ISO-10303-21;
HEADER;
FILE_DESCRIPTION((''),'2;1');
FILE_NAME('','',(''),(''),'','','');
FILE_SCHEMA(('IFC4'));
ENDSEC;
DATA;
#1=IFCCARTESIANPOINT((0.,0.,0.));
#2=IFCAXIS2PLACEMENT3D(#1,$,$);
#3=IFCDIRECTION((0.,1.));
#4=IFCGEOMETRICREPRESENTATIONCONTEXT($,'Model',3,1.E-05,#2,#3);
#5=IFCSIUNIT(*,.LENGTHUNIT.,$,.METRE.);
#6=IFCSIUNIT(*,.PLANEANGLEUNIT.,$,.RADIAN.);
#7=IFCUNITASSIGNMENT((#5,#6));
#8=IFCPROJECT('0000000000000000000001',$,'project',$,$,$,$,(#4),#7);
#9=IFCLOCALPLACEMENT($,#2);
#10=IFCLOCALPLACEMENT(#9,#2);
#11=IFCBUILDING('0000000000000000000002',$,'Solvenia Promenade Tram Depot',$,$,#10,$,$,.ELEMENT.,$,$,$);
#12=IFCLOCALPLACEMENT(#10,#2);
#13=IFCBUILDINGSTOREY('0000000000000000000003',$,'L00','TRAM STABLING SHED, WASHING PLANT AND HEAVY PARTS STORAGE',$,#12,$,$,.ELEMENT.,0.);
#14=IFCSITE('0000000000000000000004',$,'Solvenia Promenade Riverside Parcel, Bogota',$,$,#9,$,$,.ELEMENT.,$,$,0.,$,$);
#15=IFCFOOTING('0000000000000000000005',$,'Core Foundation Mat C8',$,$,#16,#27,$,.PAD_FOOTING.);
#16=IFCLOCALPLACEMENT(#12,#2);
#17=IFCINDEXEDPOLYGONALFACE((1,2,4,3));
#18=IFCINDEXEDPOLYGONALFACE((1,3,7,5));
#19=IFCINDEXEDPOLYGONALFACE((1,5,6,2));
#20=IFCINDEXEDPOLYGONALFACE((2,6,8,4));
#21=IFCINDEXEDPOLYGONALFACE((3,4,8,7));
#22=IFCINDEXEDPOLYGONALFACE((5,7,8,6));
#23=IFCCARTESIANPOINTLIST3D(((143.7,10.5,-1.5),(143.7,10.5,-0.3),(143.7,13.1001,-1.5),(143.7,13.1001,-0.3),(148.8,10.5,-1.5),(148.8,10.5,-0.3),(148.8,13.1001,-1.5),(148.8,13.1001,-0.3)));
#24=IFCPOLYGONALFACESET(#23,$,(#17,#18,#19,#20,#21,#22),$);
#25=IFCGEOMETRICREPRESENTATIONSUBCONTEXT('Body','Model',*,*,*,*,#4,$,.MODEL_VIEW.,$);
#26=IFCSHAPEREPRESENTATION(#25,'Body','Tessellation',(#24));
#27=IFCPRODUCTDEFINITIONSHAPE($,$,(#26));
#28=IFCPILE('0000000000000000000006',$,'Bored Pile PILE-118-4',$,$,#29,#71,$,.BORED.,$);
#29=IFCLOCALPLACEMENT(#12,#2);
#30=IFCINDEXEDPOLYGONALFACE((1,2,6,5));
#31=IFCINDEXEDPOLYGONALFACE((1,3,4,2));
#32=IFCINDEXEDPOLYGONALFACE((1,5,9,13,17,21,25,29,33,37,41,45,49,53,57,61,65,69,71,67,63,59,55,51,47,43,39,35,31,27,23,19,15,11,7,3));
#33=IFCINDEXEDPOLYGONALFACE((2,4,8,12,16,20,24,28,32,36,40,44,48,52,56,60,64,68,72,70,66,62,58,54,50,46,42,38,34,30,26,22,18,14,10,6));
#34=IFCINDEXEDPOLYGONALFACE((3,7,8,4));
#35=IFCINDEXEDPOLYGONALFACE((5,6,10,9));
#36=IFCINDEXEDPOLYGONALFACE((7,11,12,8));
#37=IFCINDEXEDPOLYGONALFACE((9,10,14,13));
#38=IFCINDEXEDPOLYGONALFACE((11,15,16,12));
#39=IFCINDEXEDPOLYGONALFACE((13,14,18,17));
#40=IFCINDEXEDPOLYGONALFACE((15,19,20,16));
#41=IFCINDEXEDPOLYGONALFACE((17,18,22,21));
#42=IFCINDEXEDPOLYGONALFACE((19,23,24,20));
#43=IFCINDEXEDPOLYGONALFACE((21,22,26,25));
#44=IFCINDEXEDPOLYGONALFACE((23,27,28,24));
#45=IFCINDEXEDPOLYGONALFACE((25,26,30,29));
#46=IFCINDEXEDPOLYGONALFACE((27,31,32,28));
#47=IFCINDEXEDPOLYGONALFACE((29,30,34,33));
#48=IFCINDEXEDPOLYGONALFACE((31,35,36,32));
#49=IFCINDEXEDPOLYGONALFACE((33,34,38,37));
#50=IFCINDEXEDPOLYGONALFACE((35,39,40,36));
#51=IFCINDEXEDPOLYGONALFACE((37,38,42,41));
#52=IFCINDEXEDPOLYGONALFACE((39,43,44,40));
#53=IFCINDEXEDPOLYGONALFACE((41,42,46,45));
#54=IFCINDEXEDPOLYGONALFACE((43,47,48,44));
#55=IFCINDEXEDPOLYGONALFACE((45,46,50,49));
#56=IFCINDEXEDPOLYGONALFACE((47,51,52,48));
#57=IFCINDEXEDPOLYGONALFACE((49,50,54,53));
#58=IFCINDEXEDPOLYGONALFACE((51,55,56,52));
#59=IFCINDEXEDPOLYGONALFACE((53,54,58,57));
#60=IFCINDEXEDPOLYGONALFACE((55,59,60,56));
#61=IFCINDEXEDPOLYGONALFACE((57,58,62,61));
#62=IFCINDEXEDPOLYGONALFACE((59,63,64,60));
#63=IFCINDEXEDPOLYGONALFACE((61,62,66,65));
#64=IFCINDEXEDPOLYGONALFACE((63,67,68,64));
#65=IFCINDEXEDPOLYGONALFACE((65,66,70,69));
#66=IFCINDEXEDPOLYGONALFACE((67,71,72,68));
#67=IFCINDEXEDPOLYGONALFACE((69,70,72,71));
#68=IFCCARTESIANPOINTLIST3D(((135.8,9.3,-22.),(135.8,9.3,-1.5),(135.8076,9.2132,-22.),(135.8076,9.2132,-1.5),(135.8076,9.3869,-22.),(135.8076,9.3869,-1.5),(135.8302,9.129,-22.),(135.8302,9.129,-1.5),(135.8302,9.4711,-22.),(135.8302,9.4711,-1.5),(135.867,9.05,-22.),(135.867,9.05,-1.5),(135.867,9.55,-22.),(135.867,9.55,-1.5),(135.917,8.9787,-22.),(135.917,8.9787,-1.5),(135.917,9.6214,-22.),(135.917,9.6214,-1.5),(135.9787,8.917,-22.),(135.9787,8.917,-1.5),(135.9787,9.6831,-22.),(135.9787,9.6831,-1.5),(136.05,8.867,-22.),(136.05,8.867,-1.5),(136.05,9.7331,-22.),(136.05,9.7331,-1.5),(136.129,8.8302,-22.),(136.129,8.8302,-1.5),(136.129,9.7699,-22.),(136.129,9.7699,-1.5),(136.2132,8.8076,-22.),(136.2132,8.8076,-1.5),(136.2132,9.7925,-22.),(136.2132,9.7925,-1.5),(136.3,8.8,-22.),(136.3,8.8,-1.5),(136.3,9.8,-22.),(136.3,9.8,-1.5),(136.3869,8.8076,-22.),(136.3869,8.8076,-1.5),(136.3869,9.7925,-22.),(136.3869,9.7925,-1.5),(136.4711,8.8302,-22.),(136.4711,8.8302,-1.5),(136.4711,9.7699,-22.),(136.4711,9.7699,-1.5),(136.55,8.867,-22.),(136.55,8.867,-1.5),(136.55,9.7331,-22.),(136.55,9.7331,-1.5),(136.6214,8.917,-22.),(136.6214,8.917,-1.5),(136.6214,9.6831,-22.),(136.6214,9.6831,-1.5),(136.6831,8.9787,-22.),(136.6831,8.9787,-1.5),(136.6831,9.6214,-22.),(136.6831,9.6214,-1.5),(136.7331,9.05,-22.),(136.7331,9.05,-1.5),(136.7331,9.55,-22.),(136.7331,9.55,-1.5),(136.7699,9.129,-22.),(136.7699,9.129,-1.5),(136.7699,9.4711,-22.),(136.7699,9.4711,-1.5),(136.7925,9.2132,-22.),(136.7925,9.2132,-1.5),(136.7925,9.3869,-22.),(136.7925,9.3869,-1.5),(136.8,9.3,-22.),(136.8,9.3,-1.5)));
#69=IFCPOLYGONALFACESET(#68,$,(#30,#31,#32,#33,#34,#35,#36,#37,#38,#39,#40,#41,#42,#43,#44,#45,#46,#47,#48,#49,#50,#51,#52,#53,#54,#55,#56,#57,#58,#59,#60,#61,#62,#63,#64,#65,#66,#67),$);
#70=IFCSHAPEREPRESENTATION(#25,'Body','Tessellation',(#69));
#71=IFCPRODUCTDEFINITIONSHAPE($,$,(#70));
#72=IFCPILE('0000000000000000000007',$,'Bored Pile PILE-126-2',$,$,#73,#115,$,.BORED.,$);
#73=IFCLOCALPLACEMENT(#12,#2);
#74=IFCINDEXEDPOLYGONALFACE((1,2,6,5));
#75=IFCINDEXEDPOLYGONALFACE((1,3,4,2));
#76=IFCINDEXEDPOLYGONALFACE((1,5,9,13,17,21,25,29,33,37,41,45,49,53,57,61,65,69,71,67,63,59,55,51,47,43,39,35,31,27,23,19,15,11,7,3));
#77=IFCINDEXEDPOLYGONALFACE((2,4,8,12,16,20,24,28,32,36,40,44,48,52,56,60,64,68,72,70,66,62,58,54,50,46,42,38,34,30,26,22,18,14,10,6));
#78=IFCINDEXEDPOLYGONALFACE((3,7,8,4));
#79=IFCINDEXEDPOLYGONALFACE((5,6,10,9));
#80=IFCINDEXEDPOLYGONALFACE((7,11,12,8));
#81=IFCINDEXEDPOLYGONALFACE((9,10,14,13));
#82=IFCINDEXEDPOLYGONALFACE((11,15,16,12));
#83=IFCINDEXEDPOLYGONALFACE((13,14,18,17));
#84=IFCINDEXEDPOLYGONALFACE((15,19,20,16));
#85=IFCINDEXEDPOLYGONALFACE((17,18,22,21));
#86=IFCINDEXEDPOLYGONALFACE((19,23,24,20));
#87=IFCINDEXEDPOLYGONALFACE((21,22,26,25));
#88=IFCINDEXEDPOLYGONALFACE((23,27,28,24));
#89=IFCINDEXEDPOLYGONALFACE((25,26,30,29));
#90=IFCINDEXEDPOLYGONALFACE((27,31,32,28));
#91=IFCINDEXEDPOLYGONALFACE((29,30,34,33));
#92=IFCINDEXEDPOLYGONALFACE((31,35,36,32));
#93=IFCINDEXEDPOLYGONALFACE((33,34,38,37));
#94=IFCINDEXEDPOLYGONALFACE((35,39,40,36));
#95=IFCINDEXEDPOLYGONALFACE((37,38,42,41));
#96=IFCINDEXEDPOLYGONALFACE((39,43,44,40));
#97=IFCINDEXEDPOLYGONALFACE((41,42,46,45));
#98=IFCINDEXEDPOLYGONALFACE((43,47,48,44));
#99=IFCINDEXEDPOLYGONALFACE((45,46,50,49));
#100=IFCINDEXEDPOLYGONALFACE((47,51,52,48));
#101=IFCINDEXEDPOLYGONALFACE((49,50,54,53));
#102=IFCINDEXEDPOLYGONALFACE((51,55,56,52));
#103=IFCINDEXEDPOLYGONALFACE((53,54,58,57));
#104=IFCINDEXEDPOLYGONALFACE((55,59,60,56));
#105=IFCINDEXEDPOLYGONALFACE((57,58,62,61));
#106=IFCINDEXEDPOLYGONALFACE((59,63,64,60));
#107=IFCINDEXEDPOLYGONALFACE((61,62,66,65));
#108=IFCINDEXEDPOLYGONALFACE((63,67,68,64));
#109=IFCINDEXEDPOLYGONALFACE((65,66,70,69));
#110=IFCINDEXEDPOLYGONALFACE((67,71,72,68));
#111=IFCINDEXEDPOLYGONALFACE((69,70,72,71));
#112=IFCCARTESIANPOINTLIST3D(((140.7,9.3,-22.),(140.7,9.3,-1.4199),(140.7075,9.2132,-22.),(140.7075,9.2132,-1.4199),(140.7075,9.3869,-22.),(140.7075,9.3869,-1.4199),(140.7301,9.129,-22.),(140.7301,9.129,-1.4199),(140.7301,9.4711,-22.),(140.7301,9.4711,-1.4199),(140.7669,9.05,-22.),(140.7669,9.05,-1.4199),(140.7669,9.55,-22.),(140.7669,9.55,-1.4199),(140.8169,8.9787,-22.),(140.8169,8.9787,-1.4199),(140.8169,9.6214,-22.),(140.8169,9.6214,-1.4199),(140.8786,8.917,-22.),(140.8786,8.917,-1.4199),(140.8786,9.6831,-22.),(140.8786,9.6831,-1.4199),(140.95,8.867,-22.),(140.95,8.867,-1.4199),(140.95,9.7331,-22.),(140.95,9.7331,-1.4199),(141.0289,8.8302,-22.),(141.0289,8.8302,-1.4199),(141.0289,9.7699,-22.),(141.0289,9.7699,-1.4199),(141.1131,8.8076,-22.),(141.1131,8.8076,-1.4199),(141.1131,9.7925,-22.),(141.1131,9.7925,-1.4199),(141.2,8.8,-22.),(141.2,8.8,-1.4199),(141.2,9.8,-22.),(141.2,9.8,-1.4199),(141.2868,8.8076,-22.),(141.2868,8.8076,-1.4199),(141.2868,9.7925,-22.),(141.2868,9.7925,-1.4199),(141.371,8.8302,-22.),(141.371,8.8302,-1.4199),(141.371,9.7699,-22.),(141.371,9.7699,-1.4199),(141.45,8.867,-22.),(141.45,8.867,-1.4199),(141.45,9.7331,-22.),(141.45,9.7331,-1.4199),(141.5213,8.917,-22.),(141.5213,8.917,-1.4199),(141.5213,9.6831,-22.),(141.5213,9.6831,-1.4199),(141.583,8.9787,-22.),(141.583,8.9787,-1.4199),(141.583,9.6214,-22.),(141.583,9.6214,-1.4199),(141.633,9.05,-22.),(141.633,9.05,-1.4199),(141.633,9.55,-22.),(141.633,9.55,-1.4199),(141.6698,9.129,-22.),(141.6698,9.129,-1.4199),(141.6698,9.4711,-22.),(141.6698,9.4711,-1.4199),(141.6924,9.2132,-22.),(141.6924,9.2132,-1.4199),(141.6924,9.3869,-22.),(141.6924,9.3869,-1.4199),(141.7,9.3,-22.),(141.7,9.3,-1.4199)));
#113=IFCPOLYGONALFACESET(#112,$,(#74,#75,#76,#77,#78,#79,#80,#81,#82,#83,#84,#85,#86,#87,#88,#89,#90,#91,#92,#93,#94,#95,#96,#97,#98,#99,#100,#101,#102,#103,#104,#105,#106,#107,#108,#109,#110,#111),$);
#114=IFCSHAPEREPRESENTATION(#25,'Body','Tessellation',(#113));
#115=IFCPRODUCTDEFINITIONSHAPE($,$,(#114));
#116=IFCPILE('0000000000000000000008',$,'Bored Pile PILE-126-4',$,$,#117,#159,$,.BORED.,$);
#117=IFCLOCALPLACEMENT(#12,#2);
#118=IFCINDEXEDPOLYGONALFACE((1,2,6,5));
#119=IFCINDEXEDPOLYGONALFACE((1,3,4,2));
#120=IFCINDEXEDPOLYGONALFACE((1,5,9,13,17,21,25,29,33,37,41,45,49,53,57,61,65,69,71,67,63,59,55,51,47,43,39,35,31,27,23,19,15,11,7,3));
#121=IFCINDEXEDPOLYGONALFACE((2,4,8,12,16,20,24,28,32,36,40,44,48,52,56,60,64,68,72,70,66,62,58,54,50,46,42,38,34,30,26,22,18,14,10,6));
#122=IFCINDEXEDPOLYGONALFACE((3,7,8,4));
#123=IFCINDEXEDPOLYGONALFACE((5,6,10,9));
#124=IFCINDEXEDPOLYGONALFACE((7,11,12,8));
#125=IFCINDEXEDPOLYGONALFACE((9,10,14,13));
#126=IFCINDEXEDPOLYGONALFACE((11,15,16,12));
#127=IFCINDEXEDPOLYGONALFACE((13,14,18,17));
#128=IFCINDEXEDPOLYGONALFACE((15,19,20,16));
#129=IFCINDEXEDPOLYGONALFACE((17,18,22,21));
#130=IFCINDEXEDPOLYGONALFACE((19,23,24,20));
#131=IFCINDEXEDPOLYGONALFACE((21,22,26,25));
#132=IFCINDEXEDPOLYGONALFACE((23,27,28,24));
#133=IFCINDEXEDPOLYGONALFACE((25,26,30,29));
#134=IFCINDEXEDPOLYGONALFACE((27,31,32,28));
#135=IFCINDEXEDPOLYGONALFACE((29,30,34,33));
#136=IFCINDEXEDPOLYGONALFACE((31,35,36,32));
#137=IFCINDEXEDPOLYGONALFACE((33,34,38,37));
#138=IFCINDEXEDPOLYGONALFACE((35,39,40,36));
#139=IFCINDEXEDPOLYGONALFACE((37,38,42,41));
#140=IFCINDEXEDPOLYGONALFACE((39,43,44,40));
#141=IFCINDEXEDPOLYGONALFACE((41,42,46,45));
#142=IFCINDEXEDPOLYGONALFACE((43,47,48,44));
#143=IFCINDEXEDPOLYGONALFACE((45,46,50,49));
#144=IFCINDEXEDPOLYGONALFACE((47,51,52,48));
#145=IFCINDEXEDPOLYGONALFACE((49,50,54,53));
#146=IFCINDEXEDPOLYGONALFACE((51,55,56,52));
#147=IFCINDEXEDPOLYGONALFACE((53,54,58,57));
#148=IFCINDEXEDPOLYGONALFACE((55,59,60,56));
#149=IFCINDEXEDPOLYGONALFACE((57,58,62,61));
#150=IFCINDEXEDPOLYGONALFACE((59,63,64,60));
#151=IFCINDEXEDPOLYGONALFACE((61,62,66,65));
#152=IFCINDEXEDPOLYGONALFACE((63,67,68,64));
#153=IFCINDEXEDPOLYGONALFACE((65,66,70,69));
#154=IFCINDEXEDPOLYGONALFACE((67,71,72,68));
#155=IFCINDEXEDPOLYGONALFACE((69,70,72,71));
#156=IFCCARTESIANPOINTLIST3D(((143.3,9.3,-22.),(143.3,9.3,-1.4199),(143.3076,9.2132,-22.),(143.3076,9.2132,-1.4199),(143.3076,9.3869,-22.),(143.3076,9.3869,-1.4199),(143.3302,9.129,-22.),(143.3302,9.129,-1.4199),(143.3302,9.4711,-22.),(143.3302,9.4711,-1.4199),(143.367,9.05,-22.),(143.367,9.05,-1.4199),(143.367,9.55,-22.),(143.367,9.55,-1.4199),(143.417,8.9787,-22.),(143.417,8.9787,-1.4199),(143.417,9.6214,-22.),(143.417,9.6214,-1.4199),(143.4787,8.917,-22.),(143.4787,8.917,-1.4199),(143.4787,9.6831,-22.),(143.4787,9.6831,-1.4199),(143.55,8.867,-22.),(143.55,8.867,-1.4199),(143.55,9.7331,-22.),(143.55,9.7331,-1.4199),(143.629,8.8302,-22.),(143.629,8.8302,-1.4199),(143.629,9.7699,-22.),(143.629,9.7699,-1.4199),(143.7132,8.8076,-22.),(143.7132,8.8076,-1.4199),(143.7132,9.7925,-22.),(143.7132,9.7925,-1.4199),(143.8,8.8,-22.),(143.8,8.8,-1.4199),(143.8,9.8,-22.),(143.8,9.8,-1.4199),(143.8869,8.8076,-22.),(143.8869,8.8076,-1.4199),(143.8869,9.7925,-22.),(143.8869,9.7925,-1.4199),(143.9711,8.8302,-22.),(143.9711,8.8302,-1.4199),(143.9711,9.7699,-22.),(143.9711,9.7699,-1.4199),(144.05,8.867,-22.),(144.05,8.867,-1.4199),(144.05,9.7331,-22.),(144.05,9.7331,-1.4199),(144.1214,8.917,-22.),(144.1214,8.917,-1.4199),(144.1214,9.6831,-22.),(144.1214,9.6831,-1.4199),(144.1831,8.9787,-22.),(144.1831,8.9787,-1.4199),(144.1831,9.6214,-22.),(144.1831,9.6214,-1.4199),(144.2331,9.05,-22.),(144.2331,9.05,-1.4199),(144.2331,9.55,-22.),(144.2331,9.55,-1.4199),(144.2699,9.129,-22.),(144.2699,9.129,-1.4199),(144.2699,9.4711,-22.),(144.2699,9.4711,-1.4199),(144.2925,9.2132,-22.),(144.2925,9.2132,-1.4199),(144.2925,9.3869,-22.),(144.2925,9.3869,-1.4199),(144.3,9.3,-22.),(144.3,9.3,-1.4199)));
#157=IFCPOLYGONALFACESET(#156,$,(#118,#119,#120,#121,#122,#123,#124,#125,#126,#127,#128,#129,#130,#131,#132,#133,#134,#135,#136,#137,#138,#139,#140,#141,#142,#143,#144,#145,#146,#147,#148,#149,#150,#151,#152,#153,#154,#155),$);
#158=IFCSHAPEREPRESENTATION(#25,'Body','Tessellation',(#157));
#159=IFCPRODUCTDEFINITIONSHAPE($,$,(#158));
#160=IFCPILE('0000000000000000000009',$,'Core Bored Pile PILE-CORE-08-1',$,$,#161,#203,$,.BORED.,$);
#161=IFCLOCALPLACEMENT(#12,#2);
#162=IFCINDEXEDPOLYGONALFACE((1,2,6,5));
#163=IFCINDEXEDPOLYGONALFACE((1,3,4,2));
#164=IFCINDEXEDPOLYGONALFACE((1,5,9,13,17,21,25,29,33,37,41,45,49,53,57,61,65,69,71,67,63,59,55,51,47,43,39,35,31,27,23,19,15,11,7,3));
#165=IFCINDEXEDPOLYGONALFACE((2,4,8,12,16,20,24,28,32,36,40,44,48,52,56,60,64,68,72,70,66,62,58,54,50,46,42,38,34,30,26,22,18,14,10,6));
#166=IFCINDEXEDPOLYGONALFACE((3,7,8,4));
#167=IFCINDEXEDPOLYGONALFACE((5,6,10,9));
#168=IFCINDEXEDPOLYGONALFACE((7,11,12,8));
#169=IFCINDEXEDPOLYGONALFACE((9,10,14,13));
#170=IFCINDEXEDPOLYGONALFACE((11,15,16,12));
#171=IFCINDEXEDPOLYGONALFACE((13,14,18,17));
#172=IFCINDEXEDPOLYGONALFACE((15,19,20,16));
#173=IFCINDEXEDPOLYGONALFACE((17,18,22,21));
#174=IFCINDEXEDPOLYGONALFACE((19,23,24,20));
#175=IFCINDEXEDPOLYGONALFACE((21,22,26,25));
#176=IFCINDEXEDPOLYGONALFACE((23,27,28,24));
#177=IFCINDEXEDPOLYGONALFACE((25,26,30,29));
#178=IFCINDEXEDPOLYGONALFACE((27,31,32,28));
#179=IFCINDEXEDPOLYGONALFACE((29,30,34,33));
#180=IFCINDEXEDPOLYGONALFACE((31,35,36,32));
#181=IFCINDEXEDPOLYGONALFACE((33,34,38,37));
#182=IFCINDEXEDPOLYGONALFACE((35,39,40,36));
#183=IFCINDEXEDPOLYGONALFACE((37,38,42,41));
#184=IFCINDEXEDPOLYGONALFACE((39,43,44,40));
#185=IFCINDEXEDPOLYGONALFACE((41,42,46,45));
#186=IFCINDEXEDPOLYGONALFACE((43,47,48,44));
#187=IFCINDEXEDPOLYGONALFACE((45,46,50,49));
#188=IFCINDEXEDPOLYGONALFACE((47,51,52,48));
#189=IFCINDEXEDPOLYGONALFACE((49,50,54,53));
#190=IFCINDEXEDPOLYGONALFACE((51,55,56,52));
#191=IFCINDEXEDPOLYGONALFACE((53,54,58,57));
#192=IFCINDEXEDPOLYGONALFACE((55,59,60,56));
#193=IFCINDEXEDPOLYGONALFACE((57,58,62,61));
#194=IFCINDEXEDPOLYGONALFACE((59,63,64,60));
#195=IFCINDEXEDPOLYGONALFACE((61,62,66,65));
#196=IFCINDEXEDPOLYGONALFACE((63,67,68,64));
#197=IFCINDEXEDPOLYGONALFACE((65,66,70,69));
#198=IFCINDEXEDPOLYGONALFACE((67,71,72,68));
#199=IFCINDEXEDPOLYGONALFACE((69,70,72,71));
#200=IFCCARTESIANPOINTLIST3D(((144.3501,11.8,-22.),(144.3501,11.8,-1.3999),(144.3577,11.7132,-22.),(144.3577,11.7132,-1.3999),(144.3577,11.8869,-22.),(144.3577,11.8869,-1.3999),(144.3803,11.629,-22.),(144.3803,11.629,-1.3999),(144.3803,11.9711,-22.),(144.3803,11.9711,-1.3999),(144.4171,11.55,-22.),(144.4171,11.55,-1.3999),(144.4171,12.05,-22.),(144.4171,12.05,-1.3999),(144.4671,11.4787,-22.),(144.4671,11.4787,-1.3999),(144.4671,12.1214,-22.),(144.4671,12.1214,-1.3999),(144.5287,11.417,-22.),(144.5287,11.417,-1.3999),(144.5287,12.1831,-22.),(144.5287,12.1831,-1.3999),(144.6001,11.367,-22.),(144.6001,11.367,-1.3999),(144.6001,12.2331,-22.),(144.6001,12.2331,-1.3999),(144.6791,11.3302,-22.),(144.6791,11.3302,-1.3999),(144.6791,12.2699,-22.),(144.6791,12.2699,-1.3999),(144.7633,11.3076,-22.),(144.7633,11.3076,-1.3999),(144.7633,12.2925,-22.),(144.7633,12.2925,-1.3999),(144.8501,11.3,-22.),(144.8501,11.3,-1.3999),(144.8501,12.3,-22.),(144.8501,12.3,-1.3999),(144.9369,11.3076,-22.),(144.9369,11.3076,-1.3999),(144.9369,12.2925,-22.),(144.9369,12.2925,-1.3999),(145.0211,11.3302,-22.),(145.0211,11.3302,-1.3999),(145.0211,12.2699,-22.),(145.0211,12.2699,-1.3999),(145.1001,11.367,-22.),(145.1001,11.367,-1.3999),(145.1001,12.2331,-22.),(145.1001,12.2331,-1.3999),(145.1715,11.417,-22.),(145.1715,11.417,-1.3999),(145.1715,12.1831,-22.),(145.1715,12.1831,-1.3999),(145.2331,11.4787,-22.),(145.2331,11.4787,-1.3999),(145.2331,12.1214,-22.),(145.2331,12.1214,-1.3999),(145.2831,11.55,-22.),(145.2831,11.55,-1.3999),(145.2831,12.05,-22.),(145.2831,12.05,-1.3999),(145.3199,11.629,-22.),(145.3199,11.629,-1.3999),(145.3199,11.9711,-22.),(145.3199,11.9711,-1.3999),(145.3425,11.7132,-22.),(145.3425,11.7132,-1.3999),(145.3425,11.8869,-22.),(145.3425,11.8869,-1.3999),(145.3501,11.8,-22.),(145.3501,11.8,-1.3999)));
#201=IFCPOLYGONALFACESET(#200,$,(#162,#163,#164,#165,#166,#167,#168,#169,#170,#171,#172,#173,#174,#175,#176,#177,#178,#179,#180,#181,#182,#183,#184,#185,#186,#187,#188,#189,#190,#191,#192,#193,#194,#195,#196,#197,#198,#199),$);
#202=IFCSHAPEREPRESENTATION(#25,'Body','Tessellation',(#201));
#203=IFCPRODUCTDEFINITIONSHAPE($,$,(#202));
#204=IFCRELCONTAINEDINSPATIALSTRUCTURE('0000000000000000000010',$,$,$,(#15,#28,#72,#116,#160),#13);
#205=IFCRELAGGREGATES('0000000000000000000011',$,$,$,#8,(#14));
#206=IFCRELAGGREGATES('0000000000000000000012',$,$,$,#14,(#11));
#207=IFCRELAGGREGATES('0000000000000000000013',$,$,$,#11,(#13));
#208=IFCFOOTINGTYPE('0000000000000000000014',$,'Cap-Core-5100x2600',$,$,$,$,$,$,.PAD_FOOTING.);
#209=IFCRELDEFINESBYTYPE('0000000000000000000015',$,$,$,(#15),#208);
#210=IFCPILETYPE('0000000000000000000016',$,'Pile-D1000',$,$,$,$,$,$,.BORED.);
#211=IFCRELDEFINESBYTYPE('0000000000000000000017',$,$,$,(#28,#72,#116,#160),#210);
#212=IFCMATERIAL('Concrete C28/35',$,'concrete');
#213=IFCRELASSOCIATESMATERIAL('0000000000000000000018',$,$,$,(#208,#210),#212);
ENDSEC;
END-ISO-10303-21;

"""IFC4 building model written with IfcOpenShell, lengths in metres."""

from ifc_helpers import new_model, si_unit, direction, frame, origin, origin_2d, place, context, subcontext, project, spatial, rectangle, circle, extrude, material, material_profile, profile_set, type_object, element, save


model = new_model("IFC4")

# Units and contexts
model_context = context("Model", 3, precision=1e-05, world=origin(), true_north=direction((0.0, 1.0)))
body_context = subcontext(model_context, "Body", "Model", "MODEL_VIEW")
ifc_project = project(units=[si_unit("LENGTHUNIT", "METRE"), si_unit("PLANEANGLEUNIT", "RADIAN")], contexts=[model_context])

# Site, building, storey
site_placement = place(None, origin())
site = spatial("IfcSite", under=ifc_project, at=site_placement, Name="Solvenia Promenade Riverside Parcel, Bogota", CompositionType="ELEMENT", RefElevation=0.0)
building_placement = place(site_placement, origin())
building = spatial("IfcBuilding", under=site, at=building_placement, Name="Solvenia Promenade Tram Depot", CompositionType="ELEMENT")
storey_placement = place(building_placement, origin())
storey = spatial("IfcBuildingStorey", under=building, at=storey_placement, Name="L00", Description="TRAM STABLING SHED, WASHING PLANT AND HEAVY PARTS STORAGE", CompositionType="ELEMENT", Elevation=0.0)

# Footing
ifc_material_1 = material(Name="Concrete C28/35", Category="concrete")
footing_type_1 = type_object("IfcFootingType", Name="Cap-Core-5100x2600", PredefinedType="PAD_FOOTING", material=ifc_material_1)
footing_1_placement = place(storey_placement, frame((146.25, 11.8, -1.5), z_axis=(0.0, 0.0, 1.0), x_axis=(1.0, 0.0, 0.0)))
element("IfcFooting", 1, at=footing_1_placement, inside=storey, type_object=footing_type_1, Name="Core Foundation Mat C8", PredefinedType="PAD_FOOTING", context=body_context, shape_type="SweptSolid", body=[
    extrude(rectangle(XDim=5.1001, YDim=2.6001, at=origin_2d()), origin(), (0.0, 0.0, 1.0), 1.2),
])

# Piles
ifc_material_profile = material_profile(ifc_material_1, circle(Radius=0.5, at=origin_2d()), Name="D1000", Category="concrete")
ifc_profile_set = profile_set([ifc_material_profile], Name="Concrete C28/35")
pile_type = type_object("IfcPileType", Name="Pile-D1000", PredefinedType="BORED", material=ifc_profile_set)
pile_1_placement = place(storey_placement, frame((136.3, 9.3, -1.5), z_axis=(0.0, 0.0, -1.0), x_axis=(1.0, 0.0, 0.0)))
element("IfcPile", 2, at=pile_1_placement, inside=storey, type_object=pile_type, Name="Bored Pile PILE-118-4", PredefinedType="BORED", context=body_context, shape_type="SweptSolid", body=[
    extrude(circle(Radius=0.5, at=origin_2d()), origin(), (0.0, 0.0, 1.0), 20.5),
])
for number, where, z_axis, x_axis, name in (
    (3, (141.2, 9.3, -1.4199), (0.0, 0.0, -1.0), (1.0, 0.0, 0.0), "Bored Pile PILE-126-2"),
    (4, (143.8, 9.3, -1.4199), (0.0, 0.0, -1.0), (1.0, 0.0, 0.0), "Bored Pile PILE-126-4"),
):
    element("IfcPile", number, at=place(storey_placement, frame(where, z_axis=z_axis, x_axis=x_axis)), inside=storey, type_object=pile_type, Name=name, PredefinedType="BORED", context=body_context, shape_type="SweptSolid", body=[
        extrude(circle(Radius=0.5, at=origin_2d()), origin(), (0.0, 0.0, 1.0), 20.5801),
    ])
pile_2_placement = place(storey_placement, frame((144.8501, 11.8, -1.3999), z_axis=(0.0, 0.0, -1.0), x_axis=(1.0, 0.0, 0.0)))
element("IfcPile", 5, at=pile_2_placement, inside=storey, type_object=pile_type, Name="Core Bored Pile PILE-CORE-08-1", PredefinedType="BORED", context=body_context, shape_type="SweptSolid", body=[
    extrude(circle(Radius=0.5, at=origin_2d()), origin(), (0.0, 0.0, 1.0), 20.6001),
])

save(model, "model.ifc")
